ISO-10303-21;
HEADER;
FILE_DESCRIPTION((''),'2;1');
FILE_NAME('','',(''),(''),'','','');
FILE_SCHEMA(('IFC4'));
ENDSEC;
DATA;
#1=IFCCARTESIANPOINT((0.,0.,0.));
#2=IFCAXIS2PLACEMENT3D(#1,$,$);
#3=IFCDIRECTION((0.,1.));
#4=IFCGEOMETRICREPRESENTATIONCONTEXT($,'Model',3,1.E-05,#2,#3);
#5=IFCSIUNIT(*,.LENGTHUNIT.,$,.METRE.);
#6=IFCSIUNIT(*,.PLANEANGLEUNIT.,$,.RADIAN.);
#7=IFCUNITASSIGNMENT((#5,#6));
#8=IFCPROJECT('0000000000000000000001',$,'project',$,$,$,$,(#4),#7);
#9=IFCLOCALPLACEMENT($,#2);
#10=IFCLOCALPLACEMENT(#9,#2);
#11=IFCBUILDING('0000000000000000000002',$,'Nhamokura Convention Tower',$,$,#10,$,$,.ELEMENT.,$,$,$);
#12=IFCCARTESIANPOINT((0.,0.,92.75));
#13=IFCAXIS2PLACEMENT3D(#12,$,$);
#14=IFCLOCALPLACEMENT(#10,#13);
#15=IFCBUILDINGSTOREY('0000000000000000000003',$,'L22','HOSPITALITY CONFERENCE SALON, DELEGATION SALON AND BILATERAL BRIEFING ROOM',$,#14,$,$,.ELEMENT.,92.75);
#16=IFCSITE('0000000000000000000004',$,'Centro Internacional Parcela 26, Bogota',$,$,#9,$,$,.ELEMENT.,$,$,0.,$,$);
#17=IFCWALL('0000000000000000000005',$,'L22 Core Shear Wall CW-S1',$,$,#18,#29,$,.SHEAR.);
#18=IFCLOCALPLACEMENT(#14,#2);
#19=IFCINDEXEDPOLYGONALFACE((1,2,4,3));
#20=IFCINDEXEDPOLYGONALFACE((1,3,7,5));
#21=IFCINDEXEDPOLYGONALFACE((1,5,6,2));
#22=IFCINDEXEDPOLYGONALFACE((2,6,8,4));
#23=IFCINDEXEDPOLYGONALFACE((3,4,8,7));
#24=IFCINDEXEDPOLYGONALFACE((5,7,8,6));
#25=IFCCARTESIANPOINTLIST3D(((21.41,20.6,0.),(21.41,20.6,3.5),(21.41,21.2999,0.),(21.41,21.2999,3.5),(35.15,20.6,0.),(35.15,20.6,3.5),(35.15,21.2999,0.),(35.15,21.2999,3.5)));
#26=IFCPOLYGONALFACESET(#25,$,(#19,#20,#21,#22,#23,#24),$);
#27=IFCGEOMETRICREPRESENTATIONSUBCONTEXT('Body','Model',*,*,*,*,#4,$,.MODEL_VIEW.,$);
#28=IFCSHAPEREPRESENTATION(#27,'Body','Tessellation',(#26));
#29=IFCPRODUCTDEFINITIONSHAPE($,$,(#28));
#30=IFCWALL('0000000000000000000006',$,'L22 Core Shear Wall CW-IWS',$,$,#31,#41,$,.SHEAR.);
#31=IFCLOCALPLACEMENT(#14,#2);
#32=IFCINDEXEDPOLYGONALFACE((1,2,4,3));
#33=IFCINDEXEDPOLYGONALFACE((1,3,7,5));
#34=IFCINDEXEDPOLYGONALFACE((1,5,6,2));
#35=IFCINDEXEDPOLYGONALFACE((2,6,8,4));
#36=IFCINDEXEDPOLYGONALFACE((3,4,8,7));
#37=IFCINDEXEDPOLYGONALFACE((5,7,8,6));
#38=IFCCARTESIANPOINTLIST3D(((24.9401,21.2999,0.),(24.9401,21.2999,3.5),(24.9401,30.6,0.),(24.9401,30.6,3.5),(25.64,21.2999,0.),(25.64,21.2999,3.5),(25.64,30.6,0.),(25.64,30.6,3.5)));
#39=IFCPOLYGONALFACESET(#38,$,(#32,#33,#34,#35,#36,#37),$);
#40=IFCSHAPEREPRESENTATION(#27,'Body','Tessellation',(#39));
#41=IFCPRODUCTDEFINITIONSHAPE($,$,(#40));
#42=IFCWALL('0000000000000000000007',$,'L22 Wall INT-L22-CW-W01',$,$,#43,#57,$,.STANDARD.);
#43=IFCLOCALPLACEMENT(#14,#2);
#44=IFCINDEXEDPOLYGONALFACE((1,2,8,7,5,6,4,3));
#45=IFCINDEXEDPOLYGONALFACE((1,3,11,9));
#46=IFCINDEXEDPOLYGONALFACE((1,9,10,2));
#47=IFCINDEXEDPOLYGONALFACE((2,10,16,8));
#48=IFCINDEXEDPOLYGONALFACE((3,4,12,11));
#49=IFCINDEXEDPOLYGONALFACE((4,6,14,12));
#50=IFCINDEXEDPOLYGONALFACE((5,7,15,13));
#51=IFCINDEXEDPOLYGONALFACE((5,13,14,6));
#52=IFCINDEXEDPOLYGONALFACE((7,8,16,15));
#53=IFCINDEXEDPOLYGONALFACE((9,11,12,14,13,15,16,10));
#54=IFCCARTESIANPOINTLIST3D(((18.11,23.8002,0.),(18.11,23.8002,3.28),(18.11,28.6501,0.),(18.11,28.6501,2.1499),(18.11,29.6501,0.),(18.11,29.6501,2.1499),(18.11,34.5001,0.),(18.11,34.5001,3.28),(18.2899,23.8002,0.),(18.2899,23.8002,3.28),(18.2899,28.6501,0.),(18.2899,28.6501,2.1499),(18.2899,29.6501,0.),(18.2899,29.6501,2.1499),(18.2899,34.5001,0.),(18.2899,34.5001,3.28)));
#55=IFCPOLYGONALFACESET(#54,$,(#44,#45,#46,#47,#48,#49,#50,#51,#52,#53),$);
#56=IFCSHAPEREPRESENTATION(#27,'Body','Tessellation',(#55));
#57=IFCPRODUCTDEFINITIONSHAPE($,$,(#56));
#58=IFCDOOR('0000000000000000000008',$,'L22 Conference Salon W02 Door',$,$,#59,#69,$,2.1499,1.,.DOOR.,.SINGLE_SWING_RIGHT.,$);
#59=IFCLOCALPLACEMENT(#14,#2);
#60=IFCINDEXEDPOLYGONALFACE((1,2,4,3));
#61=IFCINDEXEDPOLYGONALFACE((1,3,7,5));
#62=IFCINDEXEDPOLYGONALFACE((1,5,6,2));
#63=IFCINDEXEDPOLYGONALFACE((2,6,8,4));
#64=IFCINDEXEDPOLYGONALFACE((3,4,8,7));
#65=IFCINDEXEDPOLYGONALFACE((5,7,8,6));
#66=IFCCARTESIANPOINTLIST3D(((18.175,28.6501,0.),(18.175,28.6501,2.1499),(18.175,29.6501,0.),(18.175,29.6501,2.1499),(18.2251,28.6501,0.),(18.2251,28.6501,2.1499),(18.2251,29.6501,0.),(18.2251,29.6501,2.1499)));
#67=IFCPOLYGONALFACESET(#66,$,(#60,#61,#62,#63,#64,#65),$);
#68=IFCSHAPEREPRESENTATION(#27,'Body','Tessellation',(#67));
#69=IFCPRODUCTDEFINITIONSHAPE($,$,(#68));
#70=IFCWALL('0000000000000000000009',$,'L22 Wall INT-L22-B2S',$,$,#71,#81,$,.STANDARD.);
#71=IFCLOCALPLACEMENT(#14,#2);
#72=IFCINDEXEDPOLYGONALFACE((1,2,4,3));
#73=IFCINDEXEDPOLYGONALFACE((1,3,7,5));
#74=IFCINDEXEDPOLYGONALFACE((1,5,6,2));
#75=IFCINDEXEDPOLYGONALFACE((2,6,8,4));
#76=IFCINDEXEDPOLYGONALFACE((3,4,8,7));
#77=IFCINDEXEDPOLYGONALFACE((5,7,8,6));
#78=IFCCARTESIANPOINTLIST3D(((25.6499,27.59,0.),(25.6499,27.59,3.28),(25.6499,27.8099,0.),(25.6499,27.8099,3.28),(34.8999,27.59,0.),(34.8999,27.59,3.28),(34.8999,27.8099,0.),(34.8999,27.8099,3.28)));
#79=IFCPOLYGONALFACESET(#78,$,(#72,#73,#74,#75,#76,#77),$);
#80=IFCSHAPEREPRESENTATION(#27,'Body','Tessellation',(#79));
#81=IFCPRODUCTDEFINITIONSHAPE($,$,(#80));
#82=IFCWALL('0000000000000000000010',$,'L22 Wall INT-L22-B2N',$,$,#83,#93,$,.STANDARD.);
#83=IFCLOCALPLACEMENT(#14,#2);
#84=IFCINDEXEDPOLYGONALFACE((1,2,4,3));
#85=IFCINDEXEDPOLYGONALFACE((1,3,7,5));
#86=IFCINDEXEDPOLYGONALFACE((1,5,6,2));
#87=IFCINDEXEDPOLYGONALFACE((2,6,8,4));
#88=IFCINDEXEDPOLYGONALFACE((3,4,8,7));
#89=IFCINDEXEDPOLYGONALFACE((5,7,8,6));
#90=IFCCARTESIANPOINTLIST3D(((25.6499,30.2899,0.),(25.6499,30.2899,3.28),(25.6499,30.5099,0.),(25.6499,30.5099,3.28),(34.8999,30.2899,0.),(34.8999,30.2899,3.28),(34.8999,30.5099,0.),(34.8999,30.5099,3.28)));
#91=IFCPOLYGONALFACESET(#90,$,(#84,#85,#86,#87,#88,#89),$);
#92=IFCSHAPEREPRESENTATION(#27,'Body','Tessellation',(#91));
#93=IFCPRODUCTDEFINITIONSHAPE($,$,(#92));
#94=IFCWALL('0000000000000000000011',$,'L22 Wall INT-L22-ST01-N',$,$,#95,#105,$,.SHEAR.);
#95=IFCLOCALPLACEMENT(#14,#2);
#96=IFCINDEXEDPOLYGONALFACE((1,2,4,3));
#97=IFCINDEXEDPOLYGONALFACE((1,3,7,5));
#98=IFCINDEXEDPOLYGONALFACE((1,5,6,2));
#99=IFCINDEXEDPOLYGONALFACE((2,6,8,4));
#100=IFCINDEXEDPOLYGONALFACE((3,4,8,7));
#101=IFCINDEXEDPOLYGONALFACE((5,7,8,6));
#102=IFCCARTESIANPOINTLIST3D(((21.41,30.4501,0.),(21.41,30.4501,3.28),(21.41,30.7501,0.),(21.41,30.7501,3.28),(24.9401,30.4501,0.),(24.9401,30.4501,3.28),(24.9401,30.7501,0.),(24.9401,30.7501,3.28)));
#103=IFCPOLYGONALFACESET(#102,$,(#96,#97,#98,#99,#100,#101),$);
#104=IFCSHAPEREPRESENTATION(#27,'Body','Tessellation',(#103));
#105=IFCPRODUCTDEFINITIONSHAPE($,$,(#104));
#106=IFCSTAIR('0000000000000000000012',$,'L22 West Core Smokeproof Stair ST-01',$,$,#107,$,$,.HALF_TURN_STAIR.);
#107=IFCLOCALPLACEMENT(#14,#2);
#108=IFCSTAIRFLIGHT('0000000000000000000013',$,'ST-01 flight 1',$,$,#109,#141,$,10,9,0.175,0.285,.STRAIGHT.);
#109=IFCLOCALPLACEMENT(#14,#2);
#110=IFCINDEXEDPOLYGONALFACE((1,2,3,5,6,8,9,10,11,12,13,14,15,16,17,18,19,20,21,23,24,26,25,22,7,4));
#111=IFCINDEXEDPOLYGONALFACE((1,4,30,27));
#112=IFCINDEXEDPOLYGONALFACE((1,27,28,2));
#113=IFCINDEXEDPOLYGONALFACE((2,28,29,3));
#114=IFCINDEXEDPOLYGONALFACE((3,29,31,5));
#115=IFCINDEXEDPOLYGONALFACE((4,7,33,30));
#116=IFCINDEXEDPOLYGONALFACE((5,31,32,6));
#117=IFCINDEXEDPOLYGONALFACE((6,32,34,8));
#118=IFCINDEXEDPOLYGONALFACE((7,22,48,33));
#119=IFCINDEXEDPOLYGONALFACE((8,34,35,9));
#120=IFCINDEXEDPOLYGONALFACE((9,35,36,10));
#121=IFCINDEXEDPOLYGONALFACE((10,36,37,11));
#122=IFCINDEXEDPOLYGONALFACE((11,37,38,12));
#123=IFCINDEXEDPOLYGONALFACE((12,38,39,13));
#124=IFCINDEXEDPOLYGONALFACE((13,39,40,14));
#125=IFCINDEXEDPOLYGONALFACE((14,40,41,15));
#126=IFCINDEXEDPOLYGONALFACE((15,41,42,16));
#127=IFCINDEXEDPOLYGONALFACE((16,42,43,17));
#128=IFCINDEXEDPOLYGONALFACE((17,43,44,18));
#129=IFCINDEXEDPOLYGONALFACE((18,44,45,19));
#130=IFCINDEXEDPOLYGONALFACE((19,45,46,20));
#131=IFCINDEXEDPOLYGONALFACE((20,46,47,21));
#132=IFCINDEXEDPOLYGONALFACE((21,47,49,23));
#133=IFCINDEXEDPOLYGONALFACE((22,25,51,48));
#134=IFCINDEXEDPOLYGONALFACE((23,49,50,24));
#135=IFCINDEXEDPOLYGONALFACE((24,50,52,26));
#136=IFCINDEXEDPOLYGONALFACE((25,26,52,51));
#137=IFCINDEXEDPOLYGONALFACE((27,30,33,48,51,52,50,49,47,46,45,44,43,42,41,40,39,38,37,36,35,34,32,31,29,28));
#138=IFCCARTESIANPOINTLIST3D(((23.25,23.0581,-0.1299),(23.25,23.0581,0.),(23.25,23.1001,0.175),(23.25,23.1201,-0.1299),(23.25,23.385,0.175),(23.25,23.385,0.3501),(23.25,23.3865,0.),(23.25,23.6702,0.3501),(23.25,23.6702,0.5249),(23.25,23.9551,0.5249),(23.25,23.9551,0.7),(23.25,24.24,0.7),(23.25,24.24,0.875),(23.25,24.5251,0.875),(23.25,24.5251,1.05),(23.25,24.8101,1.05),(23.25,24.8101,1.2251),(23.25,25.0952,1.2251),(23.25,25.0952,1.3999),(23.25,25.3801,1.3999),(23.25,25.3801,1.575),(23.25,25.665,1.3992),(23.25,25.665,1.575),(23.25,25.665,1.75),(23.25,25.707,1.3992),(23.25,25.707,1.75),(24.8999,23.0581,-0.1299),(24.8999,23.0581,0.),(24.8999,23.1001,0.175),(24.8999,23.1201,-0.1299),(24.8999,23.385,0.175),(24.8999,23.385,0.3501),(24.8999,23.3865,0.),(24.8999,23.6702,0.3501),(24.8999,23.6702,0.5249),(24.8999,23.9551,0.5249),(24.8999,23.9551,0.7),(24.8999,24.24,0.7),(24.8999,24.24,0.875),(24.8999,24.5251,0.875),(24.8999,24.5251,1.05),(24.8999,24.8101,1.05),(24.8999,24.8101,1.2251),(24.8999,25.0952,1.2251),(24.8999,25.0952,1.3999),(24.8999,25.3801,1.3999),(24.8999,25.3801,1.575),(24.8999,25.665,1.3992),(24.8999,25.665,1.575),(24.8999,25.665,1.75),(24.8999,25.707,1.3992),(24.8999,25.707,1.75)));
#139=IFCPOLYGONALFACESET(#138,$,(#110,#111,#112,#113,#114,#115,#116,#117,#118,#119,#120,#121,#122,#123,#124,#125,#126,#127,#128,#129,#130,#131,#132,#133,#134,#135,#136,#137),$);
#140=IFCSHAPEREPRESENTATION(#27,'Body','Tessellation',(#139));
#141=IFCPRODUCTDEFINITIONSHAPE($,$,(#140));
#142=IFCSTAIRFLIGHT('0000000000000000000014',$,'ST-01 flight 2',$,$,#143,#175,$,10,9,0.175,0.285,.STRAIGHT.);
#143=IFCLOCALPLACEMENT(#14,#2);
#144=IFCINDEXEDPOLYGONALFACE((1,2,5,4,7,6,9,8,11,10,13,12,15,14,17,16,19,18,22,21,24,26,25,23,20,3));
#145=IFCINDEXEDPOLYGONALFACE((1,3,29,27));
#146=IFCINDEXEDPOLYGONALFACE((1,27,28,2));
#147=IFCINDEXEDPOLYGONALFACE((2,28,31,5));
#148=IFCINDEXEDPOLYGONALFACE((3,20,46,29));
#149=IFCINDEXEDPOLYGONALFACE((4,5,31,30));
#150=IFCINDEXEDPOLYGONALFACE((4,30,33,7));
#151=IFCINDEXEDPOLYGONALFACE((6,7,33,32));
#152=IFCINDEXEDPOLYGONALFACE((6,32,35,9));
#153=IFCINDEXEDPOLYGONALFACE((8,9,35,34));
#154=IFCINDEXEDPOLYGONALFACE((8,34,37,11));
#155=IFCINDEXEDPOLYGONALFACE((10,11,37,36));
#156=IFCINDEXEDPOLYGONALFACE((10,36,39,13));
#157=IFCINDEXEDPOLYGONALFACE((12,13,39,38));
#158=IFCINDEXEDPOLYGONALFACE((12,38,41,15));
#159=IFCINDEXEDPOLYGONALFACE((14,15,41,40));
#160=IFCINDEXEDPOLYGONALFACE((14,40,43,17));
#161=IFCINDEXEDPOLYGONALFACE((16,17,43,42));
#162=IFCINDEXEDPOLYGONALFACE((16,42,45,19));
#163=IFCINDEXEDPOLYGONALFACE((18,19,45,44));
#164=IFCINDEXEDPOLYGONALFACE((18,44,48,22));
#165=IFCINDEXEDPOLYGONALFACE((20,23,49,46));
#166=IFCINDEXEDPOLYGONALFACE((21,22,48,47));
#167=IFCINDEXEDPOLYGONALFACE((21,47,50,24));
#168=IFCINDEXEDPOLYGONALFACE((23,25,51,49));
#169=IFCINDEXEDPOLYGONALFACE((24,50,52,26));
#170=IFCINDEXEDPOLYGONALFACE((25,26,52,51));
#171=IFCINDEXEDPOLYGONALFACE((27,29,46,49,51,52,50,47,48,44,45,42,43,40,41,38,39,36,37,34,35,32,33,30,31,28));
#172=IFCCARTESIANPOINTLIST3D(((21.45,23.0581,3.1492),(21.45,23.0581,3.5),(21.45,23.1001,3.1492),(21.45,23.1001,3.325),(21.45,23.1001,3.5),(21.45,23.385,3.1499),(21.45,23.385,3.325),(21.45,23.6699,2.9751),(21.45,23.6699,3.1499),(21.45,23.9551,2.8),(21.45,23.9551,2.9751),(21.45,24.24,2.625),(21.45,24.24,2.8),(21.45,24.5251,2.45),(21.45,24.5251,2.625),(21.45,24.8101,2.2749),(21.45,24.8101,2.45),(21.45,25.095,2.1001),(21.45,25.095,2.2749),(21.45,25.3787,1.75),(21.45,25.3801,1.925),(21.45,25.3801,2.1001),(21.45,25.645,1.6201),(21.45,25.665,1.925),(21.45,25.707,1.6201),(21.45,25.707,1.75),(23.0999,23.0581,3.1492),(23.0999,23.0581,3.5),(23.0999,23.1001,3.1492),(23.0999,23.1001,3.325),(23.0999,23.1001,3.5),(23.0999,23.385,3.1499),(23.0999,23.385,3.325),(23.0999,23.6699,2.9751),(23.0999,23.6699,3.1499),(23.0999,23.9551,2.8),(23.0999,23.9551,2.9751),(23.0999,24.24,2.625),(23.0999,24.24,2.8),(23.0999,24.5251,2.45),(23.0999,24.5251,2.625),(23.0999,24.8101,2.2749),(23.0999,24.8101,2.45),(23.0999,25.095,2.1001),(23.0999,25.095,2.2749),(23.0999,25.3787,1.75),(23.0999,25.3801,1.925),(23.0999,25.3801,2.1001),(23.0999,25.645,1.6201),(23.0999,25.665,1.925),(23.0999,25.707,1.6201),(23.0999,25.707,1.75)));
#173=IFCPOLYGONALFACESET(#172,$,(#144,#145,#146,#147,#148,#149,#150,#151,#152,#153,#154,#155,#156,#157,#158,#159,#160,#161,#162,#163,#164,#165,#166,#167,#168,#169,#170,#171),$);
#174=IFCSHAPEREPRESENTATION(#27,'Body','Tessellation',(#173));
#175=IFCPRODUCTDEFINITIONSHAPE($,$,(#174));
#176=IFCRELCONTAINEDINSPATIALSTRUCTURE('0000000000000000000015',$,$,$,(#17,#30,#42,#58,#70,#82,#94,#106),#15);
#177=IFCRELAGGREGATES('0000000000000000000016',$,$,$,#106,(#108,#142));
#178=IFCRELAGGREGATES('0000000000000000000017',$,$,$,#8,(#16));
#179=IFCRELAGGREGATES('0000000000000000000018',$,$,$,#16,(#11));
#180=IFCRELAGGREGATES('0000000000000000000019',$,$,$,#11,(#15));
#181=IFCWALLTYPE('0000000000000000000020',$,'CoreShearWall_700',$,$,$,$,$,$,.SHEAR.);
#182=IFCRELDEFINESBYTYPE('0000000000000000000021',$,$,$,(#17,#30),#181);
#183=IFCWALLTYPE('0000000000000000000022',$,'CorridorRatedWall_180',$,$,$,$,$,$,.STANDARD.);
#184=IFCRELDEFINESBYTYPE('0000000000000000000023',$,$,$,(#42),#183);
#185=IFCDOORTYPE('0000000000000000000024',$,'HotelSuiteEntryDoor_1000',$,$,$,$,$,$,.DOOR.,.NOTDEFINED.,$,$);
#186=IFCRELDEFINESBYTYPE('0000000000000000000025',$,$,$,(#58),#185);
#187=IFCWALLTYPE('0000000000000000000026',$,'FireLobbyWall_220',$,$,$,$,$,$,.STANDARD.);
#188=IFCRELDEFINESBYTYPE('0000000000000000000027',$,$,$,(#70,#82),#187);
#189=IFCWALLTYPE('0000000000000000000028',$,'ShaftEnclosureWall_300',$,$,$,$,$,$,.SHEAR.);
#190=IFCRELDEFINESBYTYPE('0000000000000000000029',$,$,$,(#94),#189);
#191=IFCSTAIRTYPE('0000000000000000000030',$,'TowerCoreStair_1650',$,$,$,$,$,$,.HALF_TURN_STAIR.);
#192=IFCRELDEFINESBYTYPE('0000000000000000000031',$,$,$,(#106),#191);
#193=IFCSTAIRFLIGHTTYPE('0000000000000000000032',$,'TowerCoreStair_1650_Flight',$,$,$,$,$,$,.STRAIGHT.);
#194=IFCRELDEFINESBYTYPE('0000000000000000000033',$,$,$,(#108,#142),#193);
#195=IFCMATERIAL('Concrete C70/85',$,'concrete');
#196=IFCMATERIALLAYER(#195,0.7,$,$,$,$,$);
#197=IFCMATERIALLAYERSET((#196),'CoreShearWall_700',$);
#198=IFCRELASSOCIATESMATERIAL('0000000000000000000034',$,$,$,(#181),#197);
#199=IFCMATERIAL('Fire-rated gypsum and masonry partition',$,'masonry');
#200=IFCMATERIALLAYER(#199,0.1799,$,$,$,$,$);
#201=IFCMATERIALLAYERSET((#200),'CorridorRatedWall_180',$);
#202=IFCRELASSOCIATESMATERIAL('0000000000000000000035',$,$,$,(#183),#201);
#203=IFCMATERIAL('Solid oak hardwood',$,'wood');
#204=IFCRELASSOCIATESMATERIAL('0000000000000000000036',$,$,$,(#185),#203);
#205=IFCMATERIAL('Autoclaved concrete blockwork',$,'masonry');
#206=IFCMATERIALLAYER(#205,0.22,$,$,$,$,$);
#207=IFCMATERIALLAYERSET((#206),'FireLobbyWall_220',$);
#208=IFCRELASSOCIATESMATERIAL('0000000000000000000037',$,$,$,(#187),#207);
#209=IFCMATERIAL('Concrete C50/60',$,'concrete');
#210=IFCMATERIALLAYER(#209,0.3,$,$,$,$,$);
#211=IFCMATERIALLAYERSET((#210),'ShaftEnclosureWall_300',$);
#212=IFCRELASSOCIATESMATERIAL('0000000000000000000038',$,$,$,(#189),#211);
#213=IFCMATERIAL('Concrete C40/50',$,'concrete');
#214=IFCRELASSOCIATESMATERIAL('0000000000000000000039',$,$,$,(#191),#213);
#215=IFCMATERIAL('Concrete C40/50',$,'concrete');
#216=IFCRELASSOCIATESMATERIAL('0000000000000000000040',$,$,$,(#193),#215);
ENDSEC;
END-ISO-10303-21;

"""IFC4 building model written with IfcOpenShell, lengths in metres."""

from ifc_helpers import new_model, si_unit, direction, frame, frame_2d, origin, place, context, subcontext, project, spatial, polyline, rectangle, outline, extrude, material, layer, layer_set, type_object, element, fill, aggregate, save


model = new_model("IFC4")

# Units and contexts
model_context = context("Model", 3, precision=1e-05, world=origin(), true_north=direction((0.0, 1.0)))
body_context = subcontext(model_context, "Body", "Model", "MODEL_VIEW")
ifc_project = project(units=[si_unit("LENGTHUNIT", "METRE"), si_unit("PLANEANGLEUNIT", "RADIAN")], contexts=[model_context])

# Site, building, storey
site_placement = place(None, origin())
site = spatial("IfcSite", under=ifc_project, at=site_placement, Name="Centro Internacional Parcela 26, Bogota", CompositionType="ELEMENT", RefElevation=0.0)
building_placement = place(site_placement, origin())
building = spatial("IfcBuilding", under=site, at=building_placement, Name="Nhamokura Convention Tower", CompositionType="ELEMENT")
storey_placement = place(building_placement, frame((0.0, 0.0, 92.75)))
storey = spatial("IfcBuildingStorey", under=building, at=storey_placement, Name="L22", Description="HOSPITALITY CONFERENCE SALON, DELEGATION SALON AND BILATERAL BRIEFING ROOM", CompositionType="ELEMENT", Elevation=92.75)

# Shared definitions
ifc_material_1 = material(Name="Concrete C70/85", Category="concrete")
ifc_layer_1 = layer(ifc_material_1, 0.7)
ifc_layer_set_1 = layer_set([ifc_layer_1], Name="CoreShearWall_700")
wall_type_1 = type_object("IfcWallType", Name="CoreShearWall_700", PredefinedType="SHEAR", material=ifc_layer_set_1)

# Walls
wall_1_placement = place(storey_placement, frame((21.4099, 20.95, 0.0), z_axis=(0.0, 0.0, 1.0), x_axis=(1.0, 0.0, 0.0)))
element("IfcWall", 1, at=wall_1_placement, inside=storey, type_object=wall_type_1, Name="L22 Core Shear Wall CW-S1", PredefinedType="SHEAR", context=body_context, shape_type="SweptSolid", body=[
    extrude(rectangle(XDim=13.74, YDim=0.7, at=frame_2d((6.8701, 0.0))), origin(), (0.0, 0.0, 1.0), 3.5),
])
wall_2_placement = place(storey_placement, frame((25.29, 21.3, 0.0), z_axis=(0.0, 0.0, 1.0), x_axis=(0.0, 1.0, 0.0)))
element("IfcWall", 2, at=wall_2_placement, inside=storey, type_object=wall_type_1, Name="L22 Core Shear Wall CW-IWS", PredefinedType="SHEAR", context=body_context, shape_type="SweptSolid", body=[
    extrude(rectangle(XDim=9.3, YDim=0.7, at=frame_2d((4.6499, 0.0))), origin(), (0.0, 0.0, 1.0), 3.5),
])

# Wall, opening, door
ifc_material_2 = material(Name="Fire-rated gypsum and masonry partition", Category="masonry")
ifc_layer_2 = layer(ifc_material_2, 0.1799)
ifc_layer_set_2 = layer_set([ifc_layer_2], Name="CorridorRatedWall_180")
wall_type_2 = type_object("IfcWallType", Name="CorridorRatedWall_180", PredefinedType="STANDARD", material=ifc_layer_set_2)
wall_3_placement = place(storey_placement, frame((18.2, 23.8, 0.0), z_axis=(0.0, 0.0, 1.0), x_axis=(0.0, 1.0, 0.0)))
wall_3 = element("IfcWall", 3, at=wall_3_placement, inside=storey, type_object=wall_type_2, Name="L22 Wall INT-L22-CW-W01", PredefinedType="STANDARD", context=body_context, shape_type="SweptSolid", body=[
    extrude(rectangle(XDim=10.7, YDim=0.1799, at=frame_2d((5.3501, 0.0))), origin(), (0.0, 0.0, 1.0), 3.28),
])
opening_1_placement = place(wall_3_placement, frame((4.8501, 0.0, 0.0)))
opening_1 = element("IfcOpeningElement", 4, at=opening_1_placement, cuts=wall_3, PredefinedType="OPENING", context=body_context, shape_type="SweptSolid", body=[
    extrude(rectangle(XDim=1.0, YDim=2.1499, at=frame_2d((0.5, 1.075))), frame((0.0, 0.0999, 0.0), z_axis=(0.0, -1.0, 0.0), x_axis=(1.0, 0.0, 0.0)), (0.0, 0.0, 1.0), 0.2),
])
ifc_material_3 = material(Name="Solid oak hardwood", Category="wood")
door_type_1 = type_object("IfcDoorType", Name="HotelSuiteEntryDoor_1000", OperationType="NOTDEFINED", PredefinedType="DOOR", material=ifc_material_3)
door_1_placement = place(opening_1_placement, origin())
door_1 = element("IfcDoor", 5, at=door_1_placement, inside=storey, type_object=door_type_1, Name="L22 Conference Salon W02 Door", OperationType="SINGLE_SWING_RIGHT", OverallHeight=2.1499, OverallWidth=1.0, PredefinedType="DOOR", context=body_context, shape_type="SweptSolid", body=[
    extrude(rectangle(XDim=1.0, YDim=2.1499, at=frame_2d((0.5, 1.075))), frame((0.0, 0.0249, 0.0), z_axis=(0.0, -1.0, 0.0), x_axis=(1.0, 0.0, 0.0)), (0.0, 0.0, 1.0), 0.05),
])
fill(opening_1, door_1)

# Shared definitions
ifc_material_4 = material(Name="Autoclaved concrete blockwork", Category="masonry")
ifc_layer_3 = layer(ifc_material_4, 0.22)
ifc_layer_set_3 = layer_set([ifc_layer_3], Name="FireLobbyWall_220")
wall_type_3 = type_object("IfcWallType", Name="FireLobbyWall_220", PredefinedType="STANDARD", material=ifc_layer_set_3)

# Walls
for number, where, z_axis, x_axis, name in (
    (6, (25.6499, 27.7, 0.0), (0.0, 0.0, 1.0), (1.0, 0.0, 0.0), "L22 Wall INT-L22-B2S"),
    (7, (25.6499, 30.3999, 0.0), (0.0, 0.0, 1.0), (1.0, 0.0, 0.0), "L22 Wall INT-L22-B2N"),
):
    element("IfcWall", number, at=place(storey_placement, frame(where, z_axis=z_axis, x_axis=x_axis)), inside=storey, type_object=wall_type_3, Name=name, PredefinedType="STANDARD", context=body_context, shape_type="SweptSolid", body=[
        extrude(rectangle(XDim=9.25, YDim=0.22, at=frame_2d((4.625, 0.0))), origin(), (0.0, 0.0, 1.0), 3.28),
    ])
ifc_material_5 = material(Name="Concrete C50/60", Category="concrete")
ifc_layer_4 = layer(ifc_material_5, 0.3)
ifc_layer_set_4 = layer_set([ifc_layer_4], Name="ShaftEnclosureWall_300")
wall_type_4 = type_object("IfcWallType", Name="ShaftEnclosureWall_300", PredefinedType="SHEAR", material=ifc_layer_set_4)
wall_4_placement = place(storey_placement, frame((21.4099, 30.6001, 0.0), z_axis=(0.0, 0.0, 1.0), x_axis=(1.0, 0.0, 0.0)))
element("IfcWall", 8, at=wall_4_placement, inside=storey, type_object=wall_type_4, Name="L22 Wall INT-L22-ST01-N", PredefinedType="SHEAR", context=body_context, shape_type="SweptSolid", body=[
    extrude(rectangle(XDim=3.53, YDim=0.3, at=frame_2d((1.7651, 0.0))), origin(), (0.0, 0.0, 1.0), 3.28),
])

# Stair, stair flights
ifc_material_6 = material(Name="Concrete C40/50", Category="concrete")
stair_type = type_object("IfcStairType", Name="TowerCoreStair_1650", PredefinedType="HALF_TURN_STAIR", material=ifc_material_6)
stair_placement = place(storey_placement, origin())
stair = element("IfcStair", 9, at=stair_placement, inside=storey, type_object=stair_type, Name="L22 West Core Smokeproof Stair ST-01", PredefinedType="HALF_TURN_STAIR")
ifc_material_7 = material(Name="Concrete C40/50", Category="concrete")
stair_flight_type = type_object("IfcStairFlightType", Name="TowerCoreStair_1650_Flight", PredefinedType="STRAIGHT", material=ifc_material_7)
stair_flight_1_placement = place(storey_placement, frame((24.075, 23.1001, 0.0), z_axis=(0.0, 0.0, 1.0), x_axis=(0.0, 1.0, 0.0)))
stair_flight_1 = element("IfcStairFlight", 10, at=stair_flight_1_placement, type_object=stair_flight_type, Name="ST-01 flight 1", NumberOfRisers=10, NumberOfTreads=9, PredefinedType="STRAIGHT", RiserHeight=0.175, TreadLength=0.285, context=body_context, shape_type="SweptSolid", body=[
    extrude(outline(polyline([(-0.042, 0.0), (0.0, 0.175), (0.2849, 0.175), (0.2849, 0.3501), (0.5701, 0.3501), (0.5701, 0.5249), (0.855, 0.5249), (0.855, 0.7), (1.1399, 0.7), (1.1399, 0.875), (1.425, 0.875), (1.425, 1.05), (1.71, 1.05), (1.71, 1.2251), (1.9951, 1.2251), (1.9951, 1.3999), (2.28, 1.3999), (2.28, 1.575), (2.5649, 1.575), (2.5649, 1.75), (2.6069, 1.75), (2.6069, 1.3992), (2.5649, 1.3992), (0.2864, 0.0), (0.02, -0.1299), (-0.042, -0.1299), (-0.042, 0.0)])), frame((0.0, 0.825, 0.0), z_axis=(0.0, -1.0, 0.0), x_axis=(1.0, 0.0, 0.0)), (0.0, 0.0, 1.0), 1.6499),
])
stair_flight_2_placement = place(storey_placement, frame((22.2749, 25.665, 1.75), z_axis=(0.0, 0.0, 1.0), x_axis=(0.0, -1.0, 0.0)))
stair_flight_2 = element("IfcStairFlight", 11, at=stair_flight_2_placement, type_object=stair_flight_type, Name="ST-01 flight 2", NumberOfRisers=10, NumberOfTreads=9, PredefinedType="STRAIGHT", RiserHeight=0.175, TreadLength=0.285, context=body_context, shape_type="SweptSolid", body=[
    extrude(outline(polyline([(-0.042, 0.0), (0.0, 0.175), (0.2849, 0.175), (0.2849, 0.3501), (0.5701, 0.3501), (0.5701, 0.5249), (0.855, 0.5249), (0.855, 0.7), (1.1399, 0.7), (1.1399, 0.875), (1.425, 0.875), (1.425, 1.05), (1.71, 1.05), (1.71, 1.2251), (1.9951, 1.2251), (1.9951, 1.3999), (2.28, 1.3999), (2.28, 1.575), (2.5649, 1.575), (2.5649, 1.75), (2.6069, 1.75), (2.6069, 1.3992), (2.5649, 1.3992), (0.2864, 0.0), (0.02, -0.1299), (-0.042, -0.1299), (-0.042, 0.0)])), frame((0.0, 0.825, 0.0), z_axis=(0.0, -1.0, 0.0), x_axis=(1.0, 0.0, 0.0)), (0.0, 0.0, 1.0), 1.6499),
])
aggregate(stair, [stair_flight_1, stair_flight_2])

save(model, "model.ifc")
